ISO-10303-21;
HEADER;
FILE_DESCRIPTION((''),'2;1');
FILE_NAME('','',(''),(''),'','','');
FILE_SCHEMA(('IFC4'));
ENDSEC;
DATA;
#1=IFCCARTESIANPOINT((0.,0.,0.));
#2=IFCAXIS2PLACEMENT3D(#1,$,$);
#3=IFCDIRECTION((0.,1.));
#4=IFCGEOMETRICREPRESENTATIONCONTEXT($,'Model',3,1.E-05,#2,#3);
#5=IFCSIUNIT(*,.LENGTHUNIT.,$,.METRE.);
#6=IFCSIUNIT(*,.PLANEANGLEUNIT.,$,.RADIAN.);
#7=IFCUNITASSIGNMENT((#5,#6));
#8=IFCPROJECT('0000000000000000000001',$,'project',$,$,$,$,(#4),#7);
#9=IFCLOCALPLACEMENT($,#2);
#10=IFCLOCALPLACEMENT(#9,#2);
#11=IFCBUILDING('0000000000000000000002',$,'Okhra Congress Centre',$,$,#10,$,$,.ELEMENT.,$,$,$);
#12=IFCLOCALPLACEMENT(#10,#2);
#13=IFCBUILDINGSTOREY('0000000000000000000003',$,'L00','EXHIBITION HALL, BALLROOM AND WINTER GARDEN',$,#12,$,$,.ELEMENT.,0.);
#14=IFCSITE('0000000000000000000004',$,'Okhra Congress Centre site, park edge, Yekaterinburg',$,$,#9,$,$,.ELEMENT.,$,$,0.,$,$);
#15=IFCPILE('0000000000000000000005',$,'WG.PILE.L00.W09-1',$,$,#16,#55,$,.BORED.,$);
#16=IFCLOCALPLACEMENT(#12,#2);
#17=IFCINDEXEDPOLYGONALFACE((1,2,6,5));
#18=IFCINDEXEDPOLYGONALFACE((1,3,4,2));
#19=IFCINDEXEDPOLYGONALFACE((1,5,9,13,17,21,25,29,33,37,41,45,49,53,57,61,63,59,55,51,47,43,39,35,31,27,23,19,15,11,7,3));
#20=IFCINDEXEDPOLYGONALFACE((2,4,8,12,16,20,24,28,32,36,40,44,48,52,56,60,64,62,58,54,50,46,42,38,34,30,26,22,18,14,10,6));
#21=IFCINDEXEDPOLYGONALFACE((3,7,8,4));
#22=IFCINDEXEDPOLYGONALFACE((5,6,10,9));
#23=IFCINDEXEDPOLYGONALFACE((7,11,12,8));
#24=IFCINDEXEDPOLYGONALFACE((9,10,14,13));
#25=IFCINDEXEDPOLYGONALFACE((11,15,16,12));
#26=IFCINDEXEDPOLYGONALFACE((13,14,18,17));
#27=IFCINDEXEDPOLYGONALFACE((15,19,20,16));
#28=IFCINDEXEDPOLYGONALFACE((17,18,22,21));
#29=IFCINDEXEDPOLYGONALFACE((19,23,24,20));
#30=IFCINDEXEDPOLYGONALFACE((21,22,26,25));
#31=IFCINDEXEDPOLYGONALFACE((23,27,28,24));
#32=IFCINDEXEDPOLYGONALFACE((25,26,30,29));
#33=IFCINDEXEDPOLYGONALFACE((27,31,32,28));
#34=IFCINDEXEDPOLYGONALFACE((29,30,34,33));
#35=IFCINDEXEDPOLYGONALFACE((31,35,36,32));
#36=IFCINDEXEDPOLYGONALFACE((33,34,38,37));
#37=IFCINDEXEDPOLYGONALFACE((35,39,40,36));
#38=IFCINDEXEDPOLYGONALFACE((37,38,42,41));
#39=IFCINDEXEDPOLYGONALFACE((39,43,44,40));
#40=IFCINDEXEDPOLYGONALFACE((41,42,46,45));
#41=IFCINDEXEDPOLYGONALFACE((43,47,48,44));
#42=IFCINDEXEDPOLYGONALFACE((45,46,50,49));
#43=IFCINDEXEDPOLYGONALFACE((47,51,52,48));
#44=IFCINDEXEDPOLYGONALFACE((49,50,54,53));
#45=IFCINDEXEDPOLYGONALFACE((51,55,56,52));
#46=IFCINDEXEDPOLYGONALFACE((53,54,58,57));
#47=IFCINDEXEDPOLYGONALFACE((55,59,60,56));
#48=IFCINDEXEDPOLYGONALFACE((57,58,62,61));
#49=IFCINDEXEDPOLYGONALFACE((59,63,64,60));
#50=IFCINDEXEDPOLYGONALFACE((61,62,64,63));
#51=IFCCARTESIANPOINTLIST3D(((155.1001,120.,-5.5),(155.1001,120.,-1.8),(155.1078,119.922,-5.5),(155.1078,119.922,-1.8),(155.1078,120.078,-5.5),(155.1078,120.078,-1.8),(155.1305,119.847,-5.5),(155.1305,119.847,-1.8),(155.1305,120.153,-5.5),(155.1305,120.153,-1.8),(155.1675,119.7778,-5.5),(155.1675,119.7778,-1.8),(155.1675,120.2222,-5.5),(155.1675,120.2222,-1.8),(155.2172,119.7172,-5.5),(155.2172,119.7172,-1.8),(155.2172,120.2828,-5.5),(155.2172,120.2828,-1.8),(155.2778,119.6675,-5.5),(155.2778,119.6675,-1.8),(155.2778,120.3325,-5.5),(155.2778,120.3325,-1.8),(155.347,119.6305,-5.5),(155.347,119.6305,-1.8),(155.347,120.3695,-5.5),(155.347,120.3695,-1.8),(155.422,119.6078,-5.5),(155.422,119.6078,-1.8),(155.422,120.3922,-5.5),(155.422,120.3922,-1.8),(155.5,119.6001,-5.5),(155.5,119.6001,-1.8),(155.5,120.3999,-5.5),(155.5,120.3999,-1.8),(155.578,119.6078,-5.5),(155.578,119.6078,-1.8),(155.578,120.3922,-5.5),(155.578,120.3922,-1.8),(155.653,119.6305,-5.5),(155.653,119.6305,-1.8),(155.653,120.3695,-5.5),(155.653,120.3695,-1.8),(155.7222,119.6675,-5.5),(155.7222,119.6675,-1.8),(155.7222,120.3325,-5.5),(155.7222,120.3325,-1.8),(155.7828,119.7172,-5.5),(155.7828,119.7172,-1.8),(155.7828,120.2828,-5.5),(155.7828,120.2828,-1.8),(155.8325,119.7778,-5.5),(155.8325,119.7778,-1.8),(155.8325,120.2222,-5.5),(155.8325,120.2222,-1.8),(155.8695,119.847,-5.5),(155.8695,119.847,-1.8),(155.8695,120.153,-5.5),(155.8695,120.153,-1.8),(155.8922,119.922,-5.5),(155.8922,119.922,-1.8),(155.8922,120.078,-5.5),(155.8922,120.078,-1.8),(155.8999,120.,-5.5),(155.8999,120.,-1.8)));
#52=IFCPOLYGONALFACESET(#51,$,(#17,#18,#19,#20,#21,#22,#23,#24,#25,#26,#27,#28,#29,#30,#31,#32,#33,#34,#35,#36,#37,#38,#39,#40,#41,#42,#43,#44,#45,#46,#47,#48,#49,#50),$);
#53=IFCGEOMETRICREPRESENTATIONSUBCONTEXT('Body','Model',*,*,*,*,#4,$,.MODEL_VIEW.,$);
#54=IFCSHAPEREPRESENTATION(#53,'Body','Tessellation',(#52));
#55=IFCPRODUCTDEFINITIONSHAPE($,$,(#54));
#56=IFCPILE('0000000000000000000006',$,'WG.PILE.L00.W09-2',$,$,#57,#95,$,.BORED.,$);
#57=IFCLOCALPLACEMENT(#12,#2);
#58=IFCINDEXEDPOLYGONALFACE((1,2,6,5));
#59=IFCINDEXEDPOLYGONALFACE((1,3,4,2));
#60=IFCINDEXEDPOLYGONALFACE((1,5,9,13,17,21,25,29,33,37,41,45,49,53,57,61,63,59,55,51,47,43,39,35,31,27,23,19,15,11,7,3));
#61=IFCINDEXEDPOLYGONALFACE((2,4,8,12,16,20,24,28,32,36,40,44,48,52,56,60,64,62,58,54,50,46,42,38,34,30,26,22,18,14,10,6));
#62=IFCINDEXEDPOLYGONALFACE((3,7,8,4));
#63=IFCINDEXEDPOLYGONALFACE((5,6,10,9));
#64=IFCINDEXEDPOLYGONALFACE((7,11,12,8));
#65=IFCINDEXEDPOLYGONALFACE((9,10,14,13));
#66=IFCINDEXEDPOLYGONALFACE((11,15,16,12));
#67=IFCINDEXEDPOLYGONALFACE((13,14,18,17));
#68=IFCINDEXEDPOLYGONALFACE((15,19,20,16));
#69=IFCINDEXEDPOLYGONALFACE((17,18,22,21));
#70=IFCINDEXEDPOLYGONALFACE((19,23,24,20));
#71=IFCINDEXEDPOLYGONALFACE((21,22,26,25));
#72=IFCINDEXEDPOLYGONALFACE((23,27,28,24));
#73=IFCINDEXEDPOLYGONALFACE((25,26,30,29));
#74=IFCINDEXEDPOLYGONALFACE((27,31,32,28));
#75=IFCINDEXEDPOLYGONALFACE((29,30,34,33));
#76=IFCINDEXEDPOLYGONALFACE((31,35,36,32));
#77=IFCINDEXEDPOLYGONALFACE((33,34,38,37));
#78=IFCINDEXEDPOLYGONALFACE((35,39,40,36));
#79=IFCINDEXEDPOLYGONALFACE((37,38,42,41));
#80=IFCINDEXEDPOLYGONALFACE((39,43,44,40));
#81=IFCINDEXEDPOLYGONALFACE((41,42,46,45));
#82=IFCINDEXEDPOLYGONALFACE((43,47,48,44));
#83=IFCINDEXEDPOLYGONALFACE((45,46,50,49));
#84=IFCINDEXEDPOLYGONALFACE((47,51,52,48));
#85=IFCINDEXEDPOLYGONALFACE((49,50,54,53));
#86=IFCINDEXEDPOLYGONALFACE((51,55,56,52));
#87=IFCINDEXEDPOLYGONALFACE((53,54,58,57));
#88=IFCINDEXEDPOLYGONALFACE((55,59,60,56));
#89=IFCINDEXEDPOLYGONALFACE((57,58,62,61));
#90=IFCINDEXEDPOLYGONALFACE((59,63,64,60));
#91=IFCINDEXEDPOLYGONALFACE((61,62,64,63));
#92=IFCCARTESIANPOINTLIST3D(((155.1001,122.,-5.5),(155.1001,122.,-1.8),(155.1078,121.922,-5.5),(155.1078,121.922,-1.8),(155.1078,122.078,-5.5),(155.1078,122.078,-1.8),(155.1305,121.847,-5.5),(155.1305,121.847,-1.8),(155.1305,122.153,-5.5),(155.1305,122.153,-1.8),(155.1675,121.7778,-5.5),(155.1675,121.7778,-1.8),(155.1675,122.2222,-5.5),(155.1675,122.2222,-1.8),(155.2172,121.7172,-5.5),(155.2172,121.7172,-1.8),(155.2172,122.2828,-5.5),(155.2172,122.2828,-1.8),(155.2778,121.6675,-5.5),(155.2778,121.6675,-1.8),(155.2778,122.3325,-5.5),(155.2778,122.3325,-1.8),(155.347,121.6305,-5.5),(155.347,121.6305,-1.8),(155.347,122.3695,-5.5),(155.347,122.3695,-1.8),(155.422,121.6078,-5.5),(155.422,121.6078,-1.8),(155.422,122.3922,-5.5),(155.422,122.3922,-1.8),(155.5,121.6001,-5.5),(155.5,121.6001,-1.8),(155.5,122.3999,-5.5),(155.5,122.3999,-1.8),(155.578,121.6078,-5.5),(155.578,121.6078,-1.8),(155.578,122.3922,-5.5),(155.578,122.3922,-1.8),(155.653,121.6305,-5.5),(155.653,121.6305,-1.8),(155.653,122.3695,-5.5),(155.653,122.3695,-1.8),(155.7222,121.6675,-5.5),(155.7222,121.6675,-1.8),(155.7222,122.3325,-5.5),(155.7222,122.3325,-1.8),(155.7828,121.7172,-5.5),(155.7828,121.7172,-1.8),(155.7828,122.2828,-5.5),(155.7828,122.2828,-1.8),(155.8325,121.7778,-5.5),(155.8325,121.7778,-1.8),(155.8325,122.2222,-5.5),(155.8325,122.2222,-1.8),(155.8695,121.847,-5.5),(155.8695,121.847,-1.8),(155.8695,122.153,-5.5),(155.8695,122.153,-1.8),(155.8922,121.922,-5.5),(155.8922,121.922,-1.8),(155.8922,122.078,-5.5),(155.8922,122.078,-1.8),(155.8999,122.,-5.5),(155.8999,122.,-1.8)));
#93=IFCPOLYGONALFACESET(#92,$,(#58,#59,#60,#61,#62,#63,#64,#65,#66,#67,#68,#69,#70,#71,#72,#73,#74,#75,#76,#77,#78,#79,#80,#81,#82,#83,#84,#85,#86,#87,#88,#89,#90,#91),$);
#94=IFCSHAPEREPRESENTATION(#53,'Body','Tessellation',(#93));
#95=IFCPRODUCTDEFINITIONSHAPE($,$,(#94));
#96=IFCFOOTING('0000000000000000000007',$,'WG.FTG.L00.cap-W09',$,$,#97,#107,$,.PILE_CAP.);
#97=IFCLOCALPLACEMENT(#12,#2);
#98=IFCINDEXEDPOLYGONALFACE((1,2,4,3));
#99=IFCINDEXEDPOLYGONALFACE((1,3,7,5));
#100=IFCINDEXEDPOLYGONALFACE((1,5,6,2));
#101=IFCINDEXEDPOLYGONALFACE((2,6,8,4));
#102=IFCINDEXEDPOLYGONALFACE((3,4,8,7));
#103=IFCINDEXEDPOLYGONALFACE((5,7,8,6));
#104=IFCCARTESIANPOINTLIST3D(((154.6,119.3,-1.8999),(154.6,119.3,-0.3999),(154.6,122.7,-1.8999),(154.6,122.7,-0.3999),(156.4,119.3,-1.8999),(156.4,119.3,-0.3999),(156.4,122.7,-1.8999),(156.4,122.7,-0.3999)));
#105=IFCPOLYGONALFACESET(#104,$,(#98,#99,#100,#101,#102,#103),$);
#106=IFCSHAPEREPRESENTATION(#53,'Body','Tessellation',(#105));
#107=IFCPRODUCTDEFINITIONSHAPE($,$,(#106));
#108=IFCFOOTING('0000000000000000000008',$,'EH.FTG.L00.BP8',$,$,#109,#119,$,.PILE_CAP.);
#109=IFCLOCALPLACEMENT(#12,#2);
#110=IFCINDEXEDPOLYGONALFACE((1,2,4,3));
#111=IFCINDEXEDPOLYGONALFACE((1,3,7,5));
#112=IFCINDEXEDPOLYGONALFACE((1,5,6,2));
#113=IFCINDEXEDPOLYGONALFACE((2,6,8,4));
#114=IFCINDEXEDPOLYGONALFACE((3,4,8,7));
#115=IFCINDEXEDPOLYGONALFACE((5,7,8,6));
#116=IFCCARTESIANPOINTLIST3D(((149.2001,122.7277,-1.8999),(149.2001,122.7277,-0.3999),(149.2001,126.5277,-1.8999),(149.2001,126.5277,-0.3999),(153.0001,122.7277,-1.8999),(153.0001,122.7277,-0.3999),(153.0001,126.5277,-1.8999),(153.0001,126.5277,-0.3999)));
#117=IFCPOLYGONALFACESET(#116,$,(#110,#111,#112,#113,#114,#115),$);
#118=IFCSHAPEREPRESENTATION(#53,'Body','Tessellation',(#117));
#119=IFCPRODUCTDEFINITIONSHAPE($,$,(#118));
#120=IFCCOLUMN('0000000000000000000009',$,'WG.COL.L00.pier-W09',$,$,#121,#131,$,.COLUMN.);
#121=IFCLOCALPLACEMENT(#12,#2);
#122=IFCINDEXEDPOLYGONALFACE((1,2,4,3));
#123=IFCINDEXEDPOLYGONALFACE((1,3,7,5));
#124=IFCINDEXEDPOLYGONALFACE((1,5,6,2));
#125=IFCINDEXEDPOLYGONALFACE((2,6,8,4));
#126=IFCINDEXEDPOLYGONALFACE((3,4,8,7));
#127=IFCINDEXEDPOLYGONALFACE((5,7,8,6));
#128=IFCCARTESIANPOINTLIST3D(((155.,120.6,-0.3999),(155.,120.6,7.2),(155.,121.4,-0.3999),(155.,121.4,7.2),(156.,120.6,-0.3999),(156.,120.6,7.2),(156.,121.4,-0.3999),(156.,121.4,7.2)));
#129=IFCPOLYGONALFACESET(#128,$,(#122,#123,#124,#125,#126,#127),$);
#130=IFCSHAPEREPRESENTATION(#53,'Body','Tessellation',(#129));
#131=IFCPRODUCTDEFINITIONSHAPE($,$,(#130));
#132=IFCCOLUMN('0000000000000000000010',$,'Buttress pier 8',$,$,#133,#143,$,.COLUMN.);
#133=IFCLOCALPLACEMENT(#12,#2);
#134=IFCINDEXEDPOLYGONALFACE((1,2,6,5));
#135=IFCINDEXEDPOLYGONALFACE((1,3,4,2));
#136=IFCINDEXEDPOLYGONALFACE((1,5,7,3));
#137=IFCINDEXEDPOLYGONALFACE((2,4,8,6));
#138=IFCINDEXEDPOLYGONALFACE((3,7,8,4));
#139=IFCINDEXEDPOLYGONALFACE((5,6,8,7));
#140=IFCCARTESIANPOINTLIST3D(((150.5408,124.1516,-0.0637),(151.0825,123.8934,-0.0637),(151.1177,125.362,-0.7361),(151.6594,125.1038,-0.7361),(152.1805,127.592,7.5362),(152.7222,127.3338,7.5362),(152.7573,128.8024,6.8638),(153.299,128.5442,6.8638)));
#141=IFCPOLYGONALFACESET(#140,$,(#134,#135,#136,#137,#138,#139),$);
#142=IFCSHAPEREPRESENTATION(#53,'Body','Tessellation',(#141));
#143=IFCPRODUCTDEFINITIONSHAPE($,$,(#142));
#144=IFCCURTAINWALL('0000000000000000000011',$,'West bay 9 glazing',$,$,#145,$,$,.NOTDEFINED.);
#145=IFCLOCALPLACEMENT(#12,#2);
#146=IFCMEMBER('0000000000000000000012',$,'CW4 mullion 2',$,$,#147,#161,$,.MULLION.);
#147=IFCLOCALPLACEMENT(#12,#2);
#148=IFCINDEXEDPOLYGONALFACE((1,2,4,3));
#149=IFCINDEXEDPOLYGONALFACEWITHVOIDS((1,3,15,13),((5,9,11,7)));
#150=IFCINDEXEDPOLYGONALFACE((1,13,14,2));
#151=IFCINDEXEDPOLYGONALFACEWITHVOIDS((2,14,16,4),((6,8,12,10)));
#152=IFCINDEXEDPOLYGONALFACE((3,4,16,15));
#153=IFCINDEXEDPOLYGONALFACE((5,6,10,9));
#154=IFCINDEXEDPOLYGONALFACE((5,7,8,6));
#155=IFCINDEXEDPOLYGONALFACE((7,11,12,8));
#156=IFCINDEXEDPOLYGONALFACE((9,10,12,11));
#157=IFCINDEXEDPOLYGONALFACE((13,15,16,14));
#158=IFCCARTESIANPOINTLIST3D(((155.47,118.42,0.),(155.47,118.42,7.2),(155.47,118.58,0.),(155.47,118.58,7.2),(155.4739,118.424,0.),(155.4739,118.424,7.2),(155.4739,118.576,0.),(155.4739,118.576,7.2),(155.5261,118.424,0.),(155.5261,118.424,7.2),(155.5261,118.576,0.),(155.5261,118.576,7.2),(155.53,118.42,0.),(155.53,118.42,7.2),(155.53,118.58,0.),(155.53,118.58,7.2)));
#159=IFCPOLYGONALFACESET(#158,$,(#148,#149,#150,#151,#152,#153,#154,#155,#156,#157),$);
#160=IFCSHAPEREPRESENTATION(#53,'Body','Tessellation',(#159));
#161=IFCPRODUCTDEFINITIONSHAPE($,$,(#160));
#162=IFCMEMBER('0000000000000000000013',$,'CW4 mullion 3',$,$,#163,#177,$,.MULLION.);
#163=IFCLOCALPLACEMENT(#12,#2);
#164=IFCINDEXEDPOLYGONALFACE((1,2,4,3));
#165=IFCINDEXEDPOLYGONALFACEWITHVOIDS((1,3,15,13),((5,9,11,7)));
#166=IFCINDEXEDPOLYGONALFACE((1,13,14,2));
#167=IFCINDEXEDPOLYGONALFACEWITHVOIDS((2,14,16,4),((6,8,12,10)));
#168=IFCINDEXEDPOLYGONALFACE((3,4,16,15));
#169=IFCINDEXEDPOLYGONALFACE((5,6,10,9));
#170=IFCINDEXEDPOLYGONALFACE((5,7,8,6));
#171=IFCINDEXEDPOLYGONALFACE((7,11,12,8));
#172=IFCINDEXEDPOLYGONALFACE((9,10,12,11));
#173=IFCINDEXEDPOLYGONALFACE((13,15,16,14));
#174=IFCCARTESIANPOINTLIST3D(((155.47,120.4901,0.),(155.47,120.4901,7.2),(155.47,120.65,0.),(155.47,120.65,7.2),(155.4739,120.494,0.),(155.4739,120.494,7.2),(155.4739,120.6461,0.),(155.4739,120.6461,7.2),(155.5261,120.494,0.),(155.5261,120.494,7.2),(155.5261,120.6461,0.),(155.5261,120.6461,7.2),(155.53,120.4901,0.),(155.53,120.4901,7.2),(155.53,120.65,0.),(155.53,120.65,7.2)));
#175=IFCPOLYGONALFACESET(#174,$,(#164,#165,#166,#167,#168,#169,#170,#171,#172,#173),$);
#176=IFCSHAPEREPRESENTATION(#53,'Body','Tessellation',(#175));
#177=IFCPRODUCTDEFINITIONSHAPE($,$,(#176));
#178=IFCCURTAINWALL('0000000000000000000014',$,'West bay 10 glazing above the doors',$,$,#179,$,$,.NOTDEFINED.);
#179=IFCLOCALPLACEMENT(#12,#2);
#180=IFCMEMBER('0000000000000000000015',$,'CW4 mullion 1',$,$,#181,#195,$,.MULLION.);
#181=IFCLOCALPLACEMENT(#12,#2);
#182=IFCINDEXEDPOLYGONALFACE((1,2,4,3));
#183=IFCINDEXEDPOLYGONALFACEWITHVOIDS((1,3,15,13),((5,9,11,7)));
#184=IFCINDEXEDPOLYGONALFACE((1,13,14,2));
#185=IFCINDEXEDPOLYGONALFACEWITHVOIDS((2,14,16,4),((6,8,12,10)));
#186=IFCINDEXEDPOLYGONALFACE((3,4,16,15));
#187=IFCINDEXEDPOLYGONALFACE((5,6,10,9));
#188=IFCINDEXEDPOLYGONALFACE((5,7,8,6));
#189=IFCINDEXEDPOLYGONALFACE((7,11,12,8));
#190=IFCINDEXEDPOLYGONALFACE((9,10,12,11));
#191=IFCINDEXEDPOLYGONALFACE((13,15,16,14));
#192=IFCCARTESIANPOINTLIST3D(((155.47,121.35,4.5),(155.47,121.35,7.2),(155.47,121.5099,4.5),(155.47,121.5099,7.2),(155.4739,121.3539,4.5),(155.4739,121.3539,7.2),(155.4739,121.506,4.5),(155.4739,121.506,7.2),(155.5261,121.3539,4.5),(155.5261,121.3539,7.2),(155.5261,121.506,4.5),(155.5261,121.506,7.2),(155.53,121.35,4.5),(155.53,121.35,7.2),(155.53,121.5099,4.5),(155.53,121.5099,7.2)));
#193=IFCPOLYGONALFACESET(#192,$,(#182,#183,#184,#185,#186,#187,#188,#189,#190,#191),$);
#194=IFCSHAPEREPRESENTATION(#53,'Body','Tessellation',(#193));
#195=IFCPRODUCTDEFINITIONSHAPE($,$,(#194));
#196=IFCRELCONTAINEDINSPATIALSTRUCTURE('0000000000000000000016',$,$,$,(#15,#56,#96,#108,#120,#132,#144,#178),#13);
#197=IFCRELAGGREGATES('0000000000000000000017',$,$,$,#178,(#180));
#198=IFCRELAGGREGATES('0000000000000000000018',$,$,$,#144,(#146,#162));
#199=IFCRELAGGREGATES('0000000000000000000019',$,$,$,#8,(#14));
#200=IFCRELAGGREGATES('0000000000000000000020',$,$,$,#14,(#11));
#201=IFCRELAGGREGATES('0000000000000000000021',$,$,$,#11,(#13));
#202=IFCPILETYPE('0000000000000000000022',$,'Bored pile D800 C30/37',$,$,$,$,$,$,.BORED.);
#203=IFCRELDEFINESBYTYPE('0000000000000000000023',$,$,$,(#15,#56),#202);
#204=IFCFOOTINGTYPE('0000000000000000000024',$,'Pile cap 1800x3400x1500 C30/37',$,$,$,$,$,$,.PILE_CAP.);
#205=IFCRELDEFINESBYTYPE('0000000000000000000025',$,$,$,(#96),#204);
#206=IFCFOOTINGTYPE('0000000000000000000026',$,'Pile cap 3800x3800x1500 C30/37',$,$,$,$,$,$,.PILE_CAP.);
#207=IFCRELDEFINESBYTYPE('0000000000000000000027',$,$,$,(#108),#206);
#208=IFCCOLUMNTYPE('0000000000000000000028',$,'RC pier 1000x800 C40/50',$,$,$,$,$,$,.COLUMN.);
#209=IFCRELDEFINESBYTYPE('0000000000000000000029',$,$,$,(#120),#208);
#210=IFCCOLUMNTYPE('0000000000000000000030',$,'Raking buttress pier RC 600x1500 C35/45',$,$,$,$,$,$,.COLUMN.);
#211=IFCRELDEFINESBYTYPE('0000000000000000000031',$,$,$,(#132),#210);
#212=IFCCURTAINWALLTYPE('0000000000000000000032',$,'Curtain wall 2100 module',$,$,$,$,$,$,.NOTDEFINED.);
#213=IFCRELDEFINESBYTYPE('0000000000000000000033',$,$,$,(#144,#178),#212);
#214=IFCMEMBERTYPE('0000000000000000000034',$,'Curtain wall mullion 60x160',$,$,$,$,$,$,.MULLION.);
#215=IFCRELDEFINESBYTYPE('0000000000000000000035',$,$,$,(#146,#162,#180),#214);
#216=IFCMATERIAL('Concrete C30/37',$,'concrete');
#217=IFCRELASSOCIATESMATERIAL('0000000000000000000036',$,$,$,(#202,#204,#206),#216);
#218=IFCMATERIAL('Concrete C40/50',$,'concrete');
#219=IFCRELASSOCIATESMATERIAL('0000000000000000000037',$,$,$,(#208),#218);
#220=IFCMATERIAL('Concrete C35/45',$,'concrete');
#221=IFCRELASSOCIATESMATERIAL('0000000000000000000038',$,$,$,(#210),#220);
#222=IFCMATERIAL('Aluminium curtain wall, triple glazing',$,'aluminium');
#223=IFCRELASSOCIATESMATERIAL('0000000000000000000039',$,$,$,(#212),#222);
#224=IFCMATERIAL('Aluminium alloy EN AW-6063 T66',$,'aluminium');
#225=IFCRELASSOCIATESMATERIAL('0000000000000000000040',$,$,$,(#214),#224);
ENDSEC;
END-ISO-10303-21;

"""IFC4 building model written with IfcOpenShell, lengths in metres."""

from ifc_helpers import new_model, si_unit, direction, frame, origin, origin_2d, place, context, subcontext, project, spatial, rectangle, hollow_rectangle, circle, extrude, material, material_profile, profile_set, type_object, element, aggregate, save


model = new_model("IFC4")

# Units and contexts
model_context = context("Model", 3, precision=1e-05, world=origin(), true_north=direction((0.0, 1.0)))
body_context = subcontext(model_context, "Body", "Model", "MODEL_VIEW")
ifc_project = project(units=[si_unit("LENGTHUNIT", "METRE"), si_unit("PLANEANGLEUNIT", "RADIAN")], contexts=[model_context])

# Site, building, storey
site_placement = place(None, origin())
site = spatial("IfcSite", under=ifc_project, at=site_placement, Name="Okhra Congress Centre site, park edge, Yekaterinburg", CompositionType="ELEMENT", RefElevation=0.0)
building_placement = place(site_placement, origin())
building = spatial("IfcBuilding", under=site, at=building_placement, Name="Okhra Congress Centre", CompositionType="ELEMENT")
storey_placement = place(building_placement, origin())
storey = spatial("IfcBuildingStorey", under=building, at=storey_placement, Name="L00", Description="EXHIBITION HALL, BALLROOM AND WINTER GARDEN", CompositionType="ELEMENT", Elevation=0.0)

# Piles
ifc_material_1 = material(Name="Concrete C30/37", Category="concrete")
ifc_material_profile_1 = material_profile(ifc_material_1, circle(Radius=0.3999, at=origin_2d()), Name="D800")
ifc_profile_set_1 = profile_set([ifc_material_profile_1], Name="Concrete C30/37")
pile_type_1 = type_object("IfcPileType", Name="Bored pile D800 C30/37", PredefinedType="BORED", material=ifc_profile_set_1)
for number, where, z_axis, x_axis, name in (
    (1, (155.5, 120.0, -1.8), (0.0, 0.0, -1.0), (1.0, 0.0, 0.0), "WG.PILE.L00.W09-1"),
    (2, (155.5, 122.0, -1.8), (0.0, 0.0, -1.0), (1.0, 0.0, 0.0), "WG.PILE.L00.W09-2"),
):
    element("IfcPile", number, at=place(storey_placement, frame(where, z_axis=z_axis, x_axis=x_axis)), inside=storey, type_object=pile_type_1, Name=name, PredefinedType="BORED", context=body_context, shape_type="SweptSolid", body=[
        extrude(circle(Radius=0.3999, at=origin_2d()), origin(), (0.0, 0.0, 1.0), 3.7),
    ])

# Footings
footing_type_1 = type_object("IfcFootingType", Name="Pile cap 1800x3400x1500 C30/37", PredefinedType="PILE_CAP", material=ifc_material_1)
footing_1_placement = place(storey_placement, frame((155.5, 121.0, -1.8999), z_axis=(0.0, 0.0, 1.0), x_axis=(1.0, 0.0, 0.0)))
element("IfcFooting", 3, at=footing_1_placement, inside=storey, type_object=footing_type_1, Name="WG.FTG.L00.cap-W09", PredefinedType="PILE_CAP", context=body_context, shape_type="SweptSolid", body=[
    extrude(rectangle(XDim=1.8, YDim=3.3999, at=origin_2d()), origin(), (0.0, 0.0, 1.0), 1.5),
])
footing_type_2 = type_object("IfcFootingType", Name="Pile cap 3800x3800x1500 C30/37", PredefinedType="PILE_CAP", material=ifc_material_1)
footing_2_placement = place(storey_placement, frame((151.1001, 124.6277, -1.8999), z_axis=(0.0, 0.0, 1.0), x_axis=(1.0, 0.0, 0.0)))
element("IfcFooting", 4, at=footing_2_placement, inside=storey, type_object=footing_type_2, Name="EH.FTG.L00.BP8", PredefinedType="PILE_CAP", context=body_context, shape_type="SweptSolid", body=[
    extrude(rectangle(XDim=3.8, YDim=3.8, at=origin_2d()), origin(), (0.0, 0.0, 1.0), 1.5),
])

# Columns
ifc_material_2 = material(Name="Concrete C40/50", Category="concrete")
ifc_material_profile_2 = material_profile(ifc_material_2, rectangle(XDim=1.0, YDim=0.8, at=origin_2d()), Name="RC 1000x800")
ifc_profile_set_2 = profile_set([ifc_material_profile_2], Name="Concrete C40/50")
column_type_1 = type_object("IfcColumnType", Name="RC pier 1000x800 C40/50", PredefinedType="COLUMN", material=ifc_profile_set_2)
column_1_placement = place(storey_placement, frame((155.5, 121.0, -0.3999), z_axis=(0.0, 0.0, 1.0), x_axis=(1.0, 0.0, 0.0)))
element("IfcColumn", 5, at=column_1_placement, inside=storey, type_object=column_type_1, Name="WG.COL.L00.pier-W09", PredefinedType="COLUMN", context=body_context, shape_type="SweptSolid", body=[
    extrude(rectangle(XDim=1.0, YDim=0.8, at=origin_2d()), origin(), (0.0, 0.0, 1.0), 7.5999),
])
ifc_material_3 = material(Name="Concrete C35/45", Category="concrete")
ifc_material_profile_3 = material_profile(ifc_material_3, rectangle(XDim=0.6001, YDim=1.5, at=origin_2d()), Name="RC 600x1500")
ifc_profile_set_3 = profile_set([ifc_material_profile_3], Name="Concrete C35/45")
column_type_2 = type_object("IfcColumnType", Name="Raking buttress pier RC 600x1500 C35/45", PredefinedType="COLUMN", material=ifc_profile_set_3)
column_2_placement = place(storey_placement, frame((151.1001, 124.6277, -0.3999), z_axis=(0.192856, 0.404665, 0.893898), x_axis=(-0.902723, 0.430222, 0.0)))
element("IfcColumn", 6, at=column_2_placement, inside=storey, type_object=column_type_2, Name="Buttress pier 8", PredefinedType="COLUMN", context=body_context, shape_type="SweptSolid", body=[
    extrude(rectangle(XDim=0.6001, YDim=1.5, at=origin_2d()), origin(), (0.0, 0.0, 1.0), 8.502),
])

# Curtain wall, members
ifc_material_4 = material(Name="Aluminium curtain wall, triple glazing", Category="aluminium")
curtain_wall_type = type_object("IfcCurtainWallType", Name="Curtain wall 2100 module", PredefinedType="NOTDEFINED", material=ifc_material_4)
curtain_wall_1_placement = place(storey_placement, origin())
curtain_wall_1 = element("IfcCurtainWall", 7, at=curtain_wall_1_placement, inside=storey, type_object=curtain_wall_type, Name="West bay 9 glazing", PredefinedType="NOTDEFINED")
ifc_material_5 = material(Name="Aluminium alloy EN AW-6063 T66", Category="aluminium")
ifc_material_profile_4 = material_profile(ifc_material_5, hollow_rectangle(XDim=0.0601, YDim=0.1599, WallThickness=0.0039, at=origin_2d()), Name="RHS 60x160x4")
ifc_profile_set_4 = profile_set([ifc_material_profile_4], Name="Aluminium alloy EN AW-6063 T66")
member_type_1 = type_object("IfcMemberType", Name="Curtain wall mullion 60x160", PredefinedType="MULLION", material=ifc_profile_set_4)
member_1_placement = place(storey_placement, frame((155.5, 118.5, 0.0), z_axis=(0.0, 0.0, 1.0), x_axis=(-1.0, 0.0, 0.0)))
member_1 = element("IfcMember", 8, at=member_1_placement, type_object=member_type_1, Name="CW4 mullion 2", PredefinedType="MULLION", context=body_context, shape_type="SweptSolid", body=[
    extrude(hollow_rectangle(XDim=0.0601, YDim=0.1599, WallThickness=0.0039, at=origin_2d()), origin(), (0.0, 0.0, 1.0), 7.2),
])
member_2_placement = place(storey_placement, frame((155.5, 120.5701, 0.0), z_axis=(0.0, 0.0, 1.0), x_axis=(-1.0, 0.0, 0.0)))
member_2 = element("IfcMember", 9, at=member_2_placement, type_object=member_type_1, Name="CW4 mullion 3", PredefinedType="MULLION", context=body_context, shape_type="SweptSolid", body=[
    extrude(hollow_rectangle(XDim=0.0601, YDim=0.1599, WallThickness=0.0039, at=origin_2d()), origin(), (0.0, 0.0, 1.0), 7.2),
])

# Curtain wall, member
curtain_wall_2_placement = place(storey_placement, origin())
curtain_wall_2 = element("IfcCurtainWall", 10, at=curtain_wall_2_placement, inside=storey, type_object=curtain_wall_type, Name="West bay 10 glazing above the doors", PredefinedType="NOTDEFINED")
member_3_placement = place(storey_placement, frame((155.5, 121.4299, 4.5), z_axis=(0.0, 0.0, 1.0), x_axis=(-1.0, 0.0, 0.0)))
member_3 = element("IfcMember", 11, at=member_3_placement, type_object=member_type_1, Name="CW4 mullion 1", PredefinedType="MULLION", context=body_context, shape_type="SweptSolid", body=[
    extrude(hollow_rectangle(XDim=0.0601, YDim=0.1599, WallThickness=0.0039, at=origin_2d()), origin(), (0.0, 0.0, 1.0), 2.7),
])

aggregate(curtain_wall_2, [member_3])

aggregate(curtain_wall_1, [member_1, member_2])

save(model, "model.ifc")
